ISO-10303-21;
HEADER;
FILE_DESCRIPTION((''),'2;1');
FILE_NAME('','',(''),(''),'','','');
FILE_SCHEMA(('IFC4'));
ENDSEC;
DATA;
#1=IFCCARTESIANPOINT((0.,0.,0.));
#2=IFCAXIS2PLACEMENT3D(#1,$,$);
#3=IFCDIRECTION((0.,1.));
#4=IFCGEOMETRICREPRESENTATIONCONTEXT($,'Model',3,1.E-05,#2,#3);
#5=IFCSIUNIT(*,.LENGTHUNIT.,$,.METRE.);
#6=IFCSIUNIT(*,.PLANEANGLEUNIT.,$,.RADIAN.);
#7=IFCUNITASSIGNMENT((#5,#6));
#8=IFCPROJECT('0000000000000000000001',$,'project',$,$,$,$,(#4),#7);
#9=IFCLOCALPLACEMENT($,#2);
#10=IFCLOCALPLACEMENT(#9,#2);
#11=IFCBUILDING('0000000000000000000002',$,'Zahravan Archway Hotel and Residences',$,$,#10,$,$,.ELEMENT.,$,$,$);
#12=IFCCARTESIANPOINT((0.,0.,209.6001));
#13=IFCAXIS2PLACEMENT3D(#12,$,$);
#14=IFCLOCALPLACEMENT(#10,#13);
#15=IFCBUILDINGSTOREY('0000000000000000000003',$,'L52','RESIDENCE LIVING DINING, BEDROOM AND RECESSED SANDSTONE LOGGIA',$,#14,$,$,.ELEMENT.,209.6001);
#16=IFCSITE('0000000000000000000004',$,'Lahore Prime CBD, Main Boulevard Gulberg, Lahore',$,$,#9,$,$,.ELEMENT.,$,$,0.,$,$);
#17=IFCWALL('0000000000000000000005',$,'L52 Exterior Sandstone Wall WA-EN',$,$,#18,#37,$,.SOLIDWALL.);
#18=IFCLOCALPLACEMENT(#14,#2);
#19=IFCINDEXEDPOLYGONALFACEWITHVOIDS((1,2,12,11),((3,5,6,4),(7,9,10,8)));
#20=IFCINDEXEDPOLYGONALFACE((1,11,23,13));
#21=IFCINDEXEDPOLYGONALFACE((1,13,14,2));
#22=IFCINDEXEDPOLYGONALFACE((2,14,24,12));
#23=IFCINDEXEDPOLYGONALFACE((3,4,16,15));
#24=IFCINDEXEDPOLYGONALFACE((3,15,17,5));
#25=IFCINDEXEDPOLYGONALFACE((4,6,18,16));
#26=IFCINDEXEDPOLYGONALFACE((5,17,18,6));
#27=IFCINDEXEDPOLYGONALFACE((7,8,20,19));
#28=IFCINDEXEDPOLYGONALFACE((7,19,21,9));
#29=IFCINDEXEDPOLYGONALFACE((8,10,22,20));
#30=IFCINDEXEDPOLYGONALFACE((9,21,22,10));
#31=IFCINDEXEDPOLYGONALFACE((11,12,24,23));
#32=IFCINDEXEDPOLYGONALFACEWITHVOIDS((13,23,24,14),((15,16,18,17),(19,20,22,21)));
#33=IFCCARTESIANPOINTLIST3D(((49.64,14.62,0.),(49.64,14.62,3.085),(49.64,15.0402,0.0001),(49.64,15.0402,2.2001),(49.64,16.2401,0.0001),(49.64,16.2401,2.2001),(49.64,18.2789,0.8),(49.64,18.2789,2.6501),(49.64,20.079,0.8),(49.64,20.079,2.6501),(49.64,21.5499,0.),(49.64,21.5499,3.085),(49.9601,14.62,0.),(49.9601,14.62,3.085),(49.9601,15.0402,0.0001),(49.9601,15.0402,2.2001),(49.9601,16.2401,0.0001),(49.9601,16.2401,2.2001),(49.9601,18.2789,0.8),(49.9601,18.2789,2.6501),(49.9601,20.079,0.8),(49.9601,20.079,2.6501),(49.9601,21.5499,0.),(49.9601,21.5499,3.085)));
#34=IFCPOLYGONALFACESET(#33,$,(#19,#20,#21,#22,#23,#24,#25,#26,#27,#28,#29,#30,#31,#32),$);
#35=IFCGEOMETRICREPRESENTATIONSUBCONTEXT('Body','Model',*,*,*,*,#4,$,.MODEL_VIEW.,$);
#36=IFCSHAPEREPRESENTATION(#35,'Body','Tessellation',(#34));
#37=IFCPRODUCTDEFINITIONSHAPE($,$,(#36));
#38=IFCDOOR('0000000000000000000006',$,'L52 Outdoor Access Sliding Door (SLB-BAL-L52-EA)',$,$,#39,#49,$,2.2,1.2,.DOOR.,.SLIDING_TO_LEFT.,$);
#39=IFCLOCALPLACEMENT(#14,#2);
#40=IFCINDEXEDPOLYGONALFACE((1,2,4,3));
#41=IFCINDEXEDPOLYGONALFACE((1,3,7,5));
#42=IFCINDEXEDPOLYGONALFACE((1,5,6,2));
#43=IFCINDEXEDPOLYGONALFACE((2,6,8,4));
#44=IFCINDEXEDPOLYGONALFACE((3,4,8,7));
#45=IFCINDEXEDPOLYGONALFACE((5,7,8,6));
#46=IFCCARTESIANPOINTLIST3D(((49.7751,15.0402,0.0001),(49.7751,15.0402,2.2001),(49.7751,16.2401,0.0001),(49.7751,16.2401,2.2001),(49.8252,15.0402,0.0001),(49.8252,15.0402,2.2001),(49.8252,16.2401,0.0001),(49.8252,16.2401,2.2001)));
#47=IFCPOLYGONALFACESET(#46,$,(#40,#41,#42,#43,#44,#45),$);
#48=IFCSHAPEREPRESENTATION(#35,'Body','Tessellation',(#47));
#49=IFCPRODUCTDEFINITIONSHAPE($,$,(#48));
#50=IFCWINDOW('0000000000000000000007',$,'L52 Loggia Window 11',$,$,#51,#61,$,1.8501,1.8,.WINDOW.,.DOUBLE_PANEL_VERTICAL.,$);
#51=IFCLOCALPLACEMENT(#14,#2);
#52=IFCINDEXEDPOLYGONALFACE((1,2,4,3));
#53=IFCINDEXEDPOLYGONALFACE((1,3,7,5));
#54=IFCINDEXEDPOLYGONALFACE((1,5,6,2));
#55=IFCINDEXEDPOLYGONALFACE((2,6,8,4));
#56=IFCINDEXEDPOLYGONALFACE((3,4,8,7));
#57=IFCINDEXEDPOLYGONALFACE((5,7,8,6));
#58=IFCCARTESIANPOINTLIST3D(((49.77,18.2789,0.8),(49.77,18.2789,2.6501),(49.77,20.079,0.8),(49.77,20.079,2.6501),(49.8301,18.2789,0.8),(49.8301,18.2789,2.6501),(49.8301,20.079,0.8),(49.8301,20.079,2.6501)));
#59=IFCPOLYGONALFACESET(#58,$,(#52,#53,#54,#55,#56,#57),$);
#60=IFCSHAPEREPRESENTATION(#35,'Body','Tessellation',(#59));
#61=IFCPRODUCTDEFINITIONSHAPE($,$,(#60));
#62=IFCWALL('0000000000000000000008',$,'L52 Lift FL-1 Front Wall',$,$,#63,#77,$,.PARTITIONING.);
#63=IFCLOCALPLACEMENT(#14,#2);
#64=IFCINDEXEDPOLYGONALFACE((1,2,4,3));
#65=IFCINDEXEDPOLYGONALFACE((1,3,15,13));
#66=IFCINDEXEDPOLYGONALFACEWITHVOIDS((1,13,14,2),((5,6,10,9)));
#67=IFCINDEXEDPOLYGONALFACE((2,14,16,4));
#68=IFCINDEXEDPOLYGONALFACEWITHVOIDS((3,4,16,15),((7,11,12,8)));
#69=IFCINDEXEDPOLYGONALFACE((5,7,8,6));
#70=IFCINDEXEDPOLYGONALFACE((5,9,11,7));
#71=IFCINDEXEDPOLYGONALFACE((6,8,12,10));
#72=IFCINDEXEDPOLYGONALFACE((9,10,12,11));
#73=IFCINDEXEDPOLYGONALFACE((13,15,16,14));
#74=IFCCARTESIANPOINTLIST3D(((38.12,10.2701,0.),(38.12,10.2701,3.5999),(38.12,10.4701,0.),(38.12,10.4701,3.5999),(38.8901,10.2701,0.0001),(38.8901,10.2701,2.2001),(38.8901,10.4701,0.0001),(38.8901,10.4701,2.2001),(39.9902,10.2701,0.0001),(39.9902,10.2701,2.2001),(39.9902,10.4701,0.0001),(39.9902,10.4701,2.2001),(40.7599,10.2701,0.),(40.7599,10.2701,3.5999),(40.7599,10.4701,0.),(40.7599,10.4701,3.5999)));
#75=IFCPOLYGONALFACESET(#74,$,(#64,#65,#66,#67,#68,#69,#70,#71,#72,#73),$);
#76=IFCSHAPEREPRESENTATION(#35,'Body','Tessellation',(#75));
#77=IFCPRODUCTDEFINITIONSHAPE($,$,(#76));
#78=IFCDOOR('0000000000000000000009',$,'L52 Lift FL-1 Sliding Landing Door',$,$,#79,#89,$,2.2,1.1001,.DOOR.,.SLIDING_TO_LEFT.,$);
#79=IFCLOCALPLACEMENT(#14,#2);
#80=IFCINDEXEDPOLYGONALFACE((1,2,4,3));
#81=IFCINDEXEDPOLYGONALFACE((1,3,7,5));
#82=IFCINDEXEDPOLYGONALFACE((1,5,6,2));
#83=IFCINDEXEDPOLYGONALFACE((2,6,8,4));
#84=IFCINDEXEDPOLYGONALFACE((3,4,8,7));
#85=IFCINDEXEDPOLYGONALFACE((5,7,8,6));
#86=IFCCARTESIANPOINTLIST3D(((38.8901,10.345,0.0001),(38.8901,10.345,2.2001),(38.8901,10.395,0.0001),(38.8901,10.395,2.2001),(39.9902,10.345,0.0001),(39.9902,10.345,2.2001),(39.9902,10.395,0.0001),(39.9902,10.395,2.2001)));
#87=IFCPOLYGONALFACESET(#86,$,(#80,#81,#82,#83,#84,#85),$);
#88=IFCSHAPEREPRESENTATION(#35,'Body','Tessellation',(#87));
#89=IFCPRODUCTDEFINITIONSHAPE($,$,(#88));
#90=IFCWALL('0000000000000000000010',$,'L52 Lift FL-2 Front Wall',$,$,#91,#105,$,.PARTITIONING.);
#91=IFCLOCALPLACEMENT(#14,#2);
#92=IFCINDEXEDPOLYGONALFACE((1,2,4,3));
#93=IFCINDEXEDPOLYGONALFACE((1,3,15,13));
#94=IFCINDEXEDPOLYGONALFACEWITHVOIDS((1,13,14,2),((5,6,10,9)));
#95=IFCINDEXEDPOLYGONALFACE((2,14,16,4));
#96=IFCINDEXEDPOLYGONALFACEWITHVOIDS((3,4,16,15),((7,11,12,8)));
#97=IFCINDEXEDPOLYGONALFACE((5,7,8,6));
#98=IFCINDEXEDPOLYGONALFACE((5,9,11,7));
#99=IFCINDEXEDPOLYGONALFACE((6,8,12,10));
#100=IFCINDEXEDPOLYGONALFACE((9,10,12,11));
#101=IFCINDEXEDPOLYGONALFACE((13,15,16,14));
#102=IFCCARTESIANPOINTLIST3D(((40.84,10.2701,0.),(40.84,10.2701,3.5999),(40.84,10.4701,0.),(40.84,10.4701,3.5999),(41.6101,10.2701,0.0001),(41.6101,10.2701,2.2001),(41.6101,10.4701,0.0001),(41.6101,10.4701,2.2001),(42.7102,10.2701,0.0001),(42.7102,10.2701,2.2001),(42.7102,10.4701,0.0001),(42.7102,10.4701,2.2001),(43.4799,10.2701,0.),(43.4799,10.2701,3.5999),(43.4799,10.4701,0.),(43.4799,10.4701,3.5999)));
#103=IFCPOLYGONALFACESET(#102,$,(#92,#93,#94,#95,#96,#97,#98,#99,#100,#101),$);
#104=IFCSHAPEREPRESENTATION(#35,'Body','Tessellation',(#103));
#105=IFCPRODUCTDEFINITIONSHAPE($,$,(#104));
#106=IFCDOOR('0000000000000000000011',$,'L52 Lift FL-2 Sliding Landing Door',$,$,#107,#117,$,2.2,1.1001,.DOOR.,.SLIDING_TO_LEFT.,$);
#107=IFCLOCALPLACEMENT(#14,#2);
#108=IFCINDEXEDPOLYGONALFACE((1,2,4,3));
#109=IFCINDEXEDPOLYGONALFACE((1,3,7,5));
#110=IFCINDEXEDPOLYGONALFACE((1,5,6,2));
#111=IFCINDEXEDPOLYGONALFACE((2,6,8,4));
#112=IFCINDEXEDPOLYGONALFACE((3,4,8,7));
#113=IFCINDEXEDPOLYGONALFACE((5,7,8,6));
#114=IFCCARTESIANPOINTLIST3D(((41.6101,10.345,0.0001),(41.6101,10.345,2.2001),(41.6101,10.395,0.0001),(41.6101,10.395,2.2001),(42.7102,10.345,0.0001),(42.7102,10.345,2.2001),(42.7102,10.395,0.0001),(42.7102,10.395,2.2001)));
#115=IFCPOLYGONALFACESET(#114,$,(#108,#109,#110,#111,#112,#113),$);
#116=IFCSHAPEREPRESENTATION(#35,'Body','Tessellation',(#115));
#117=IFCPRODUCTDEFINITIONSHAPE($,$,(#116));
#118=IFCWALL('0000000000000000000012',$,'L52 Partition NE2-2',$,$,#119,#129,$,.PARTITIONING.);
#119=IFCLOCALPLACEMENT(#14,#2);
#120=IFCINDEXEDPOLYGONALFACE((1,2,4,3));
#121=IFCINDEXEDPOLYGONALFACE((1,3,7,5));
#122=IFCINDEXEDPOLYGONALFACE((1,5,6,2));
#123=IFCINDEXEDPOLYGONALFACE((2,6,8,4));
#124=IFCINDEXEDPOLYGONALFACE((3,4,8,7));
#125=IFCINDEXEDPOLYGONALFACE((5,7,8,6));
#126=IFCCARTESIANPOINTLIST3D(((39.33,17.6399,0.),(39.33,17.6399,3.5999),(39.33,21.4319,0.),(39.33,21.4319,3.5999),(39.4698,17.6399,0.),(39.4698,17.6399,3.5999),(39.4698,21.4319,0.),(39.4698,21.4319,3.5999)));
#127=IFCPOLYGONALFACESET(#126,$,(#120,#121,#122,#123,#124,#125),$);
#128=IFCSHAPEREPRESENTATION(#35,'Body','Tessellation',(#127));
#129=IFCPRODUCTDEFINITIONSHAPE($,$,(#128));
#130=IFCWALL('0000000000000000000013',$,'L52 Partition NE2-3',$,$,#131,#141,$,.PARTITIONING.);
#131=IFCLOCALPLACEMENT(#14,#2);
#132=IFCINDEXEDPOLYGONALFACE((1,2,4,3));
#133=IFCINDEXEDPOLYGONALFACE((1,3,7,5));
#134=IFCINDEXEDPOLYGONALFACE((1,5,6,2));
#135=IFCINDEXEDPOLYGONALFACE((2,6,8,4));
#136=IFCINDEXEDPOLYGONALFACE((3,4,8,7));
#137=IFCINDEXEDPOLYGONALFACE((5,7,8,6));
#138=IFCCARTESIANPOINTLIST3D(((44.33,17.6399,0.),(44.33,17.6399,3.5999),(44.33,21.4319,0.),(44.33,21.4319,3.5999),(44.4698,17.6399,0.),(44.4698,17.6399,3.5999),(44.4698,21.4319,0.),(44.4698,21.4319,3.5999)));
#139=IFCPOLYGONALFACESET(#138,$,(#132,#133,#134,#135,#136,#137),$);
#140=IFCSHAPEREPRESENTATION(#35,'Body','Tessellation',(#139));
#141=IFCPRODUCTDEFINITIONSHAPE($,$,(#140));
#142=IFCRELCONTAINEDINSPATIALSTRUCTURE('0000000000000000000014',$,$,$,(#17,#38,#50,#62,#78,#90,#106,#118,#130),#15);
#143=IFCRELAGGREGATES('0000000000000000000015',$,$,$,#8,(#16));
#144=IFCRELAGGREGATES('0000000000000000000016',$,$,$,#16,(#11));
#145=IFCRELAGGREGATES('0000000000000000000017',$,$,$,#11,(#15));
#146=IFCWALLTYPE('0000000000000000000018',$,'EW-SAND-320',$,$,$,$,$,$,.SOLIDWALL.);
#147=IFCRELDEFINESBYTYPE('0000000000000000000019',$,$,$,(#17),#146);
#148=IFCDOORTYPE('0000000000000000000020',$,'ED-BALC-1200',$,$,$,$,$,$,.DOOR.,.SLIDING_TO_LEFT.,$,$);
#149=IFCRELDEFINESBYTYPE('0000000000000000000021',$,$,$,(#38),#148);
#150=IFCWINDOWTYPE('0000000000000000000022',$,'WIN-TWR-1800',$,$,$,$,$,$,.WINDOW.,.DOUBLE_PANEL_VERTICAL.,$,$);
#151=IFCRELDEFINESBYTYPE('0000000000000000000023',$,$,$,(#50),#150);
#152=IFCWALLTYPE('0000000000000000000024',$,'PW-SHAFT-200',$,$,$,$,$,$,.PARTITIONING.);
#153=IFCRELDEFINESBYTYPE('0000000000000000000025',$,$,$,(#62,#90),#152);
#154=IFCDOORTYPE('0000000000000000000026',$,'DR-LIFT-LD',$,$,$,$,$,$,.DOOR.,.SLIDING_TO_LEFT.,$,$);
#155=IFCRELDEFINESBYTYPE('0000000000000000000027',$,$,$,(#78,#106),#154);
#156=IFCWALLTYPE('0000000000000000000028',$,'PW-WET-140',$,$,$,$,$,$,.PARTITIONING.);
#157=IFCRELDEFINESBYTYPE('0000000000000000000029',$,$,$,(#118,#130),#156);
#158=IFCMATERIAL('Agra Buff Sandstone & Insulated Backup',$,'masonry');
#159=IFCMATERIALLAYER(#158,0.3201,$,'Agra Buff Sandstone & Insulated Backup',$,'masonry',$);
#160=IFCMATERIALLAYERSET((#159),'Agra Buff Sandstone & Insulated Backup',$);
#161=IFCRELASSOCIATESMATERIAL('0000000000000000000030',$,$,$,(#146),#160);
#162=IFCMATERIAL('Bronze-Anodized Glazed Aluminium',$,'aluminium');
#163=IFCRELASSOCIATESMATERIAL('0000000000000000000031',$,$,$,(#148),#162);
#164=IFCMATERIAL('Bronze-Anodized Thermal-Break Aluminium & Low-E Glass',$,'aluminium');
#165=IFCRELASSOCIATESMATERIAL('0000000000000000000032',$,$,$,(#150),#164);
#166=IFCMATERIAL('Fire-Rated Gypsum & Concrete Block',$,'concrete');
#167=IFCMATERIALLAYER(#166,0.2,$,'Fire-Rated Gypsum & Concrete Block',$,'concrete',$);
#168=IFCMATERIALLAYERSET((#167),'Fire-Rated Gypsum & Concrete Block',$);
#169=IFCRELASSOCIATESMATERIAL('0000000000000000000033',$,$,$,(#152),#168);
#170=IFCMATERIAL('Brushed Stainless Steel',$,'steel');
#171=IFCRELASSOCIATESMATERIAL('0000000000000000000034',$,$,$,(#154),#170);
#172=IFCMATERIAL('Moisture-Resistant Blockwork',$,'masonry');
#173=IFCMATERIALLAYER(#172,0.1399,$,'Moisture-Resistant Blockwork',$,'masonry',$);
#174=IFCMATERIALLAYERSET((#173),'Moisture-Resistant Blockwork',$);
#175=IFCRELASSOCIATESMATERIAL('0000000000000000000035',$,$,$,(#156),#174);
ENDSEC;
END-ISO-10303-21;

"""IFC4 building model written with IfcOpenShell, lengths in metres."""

from ifc_helpers import new_model, si_unit, direction, frame, frame_2d, origin, place, context, subcontext, project, spatial, rectangle, extrude, source, transform, mapped, material, layer, layer_set, type_object, type_shapes, element, fill, save


model = new_model("IFC4")

# Units and contexts
model_context = context("Model", 3, precision=1e-05, world=origin(), true_north=direction((0.0, 1.0)))
body_context = subcontext(model_context, "Body", "Model", "MODEL_VIEW")
ifc_project = project(units=[si_unit("LENGTHUNIT", "METRE"), si_unit("PLANEANGLEUNIT", "RADIAN")], contexts=[model_context])

# Site, building, storey
site_placement = place(None, origin())
site = spatial("IfcSite", under=ifc_project, at=site_placement, Name="Lahore Prime CBD, Main Boulevard Gulberg, Lahore", CompositionType="ELEMENT", RefElevation=0.0)
building_placement = place(site_placement, origin())
building = spatial("IfcBuilding", under=site, at=building_placement, Name="Zahravan Archway Hotel and Residences", CompositionType="ELEMENT")
storey_placement = place(building_placement, frame((0.0, 0.0, 209.6001)))
storey = spatial("IfcBuildingStorey", under=building, at=storey_placement, Name="L52", Description="RESIDENCE LIVING DINING, BEDROOM AND RECESSED SANDSTONE LOGGIA", CompositionType="ELEMENT", Elevation=209.6001)

# Wall, openings, door, window
ifc_material_1 = material(Name="Agra Buff Sandstone & Insulated Backup", Category="masonry")
ifc_layer_1 = layer(ifc_material_1, 0.3201, Name="Agra Buff Sandstone & Insulated Backup", Category="masonry")
ifc_layer_set_1 = layer_set([ifc_layer_1], Name="Agra Buff Sandstone & Insulated Backup")
wall_type_1 = type_object("IfcWallType", Name="EW-SAND-320", PredefinedType="SOLIDWALL", material=ifc_layer_set_1)
wall_1_placement = place(storey_placement, frame((49.8, 14.6201, 0.0), z_axis=(0.0, 0.0, 1.0), x_axis=(0.0, 1.0, 0.0)))
wall_1 = element("IfcWall", 1, at=wall_1_placement, inside=storey, type_object=wall_type_1, Name="L52 Exterior Sandstone Wall WA-EN", PredefinedType="SOLIDWALL", context=body_context, shape_type="SweptSolid", body=[
    extrude(rectangle(XDim=6.9299, YDim=0.3201, at=frame_2d((3.4648, 0.0))), origin(), (0.0, 0.0, 1.0), 3.085),
])
opening_1_placement = place(wall_1_placement, frame((0.4199, 0.0, 0.0)))
opening_1 = element("IfcOpeningElement", 2, at=opening_1_placement, cuts=wall_1, PredefinedType="OPENING", context=body_context, shape_type="SweptSolid", body=[
    extrude(rectangle(XDim=1.2, YDim=2.2, at=frame_2d((0.6001, 1.1001))), frame((0.0, 0.1699, 0.0), z_axis=(0.0, -1.0, 0.0), x_axis=(1.0, 0.0, 0.0)), (0.0, 0.0, 1.0), 0.3401),
])
opening_2_placement = place(wall_1_placement, frame((3.6589, 0.0, 0.8)))
opening_2 = element("IfcOpeningElement", 3, at=opening_2_placement, cuts=wall_1, PredefinedType="OPENING", context=body_context, shape_type="SweptSolid", body=[
    extrude(rectangle(XDim=1.8, YDim=1.8501, at=frame_2d((0.8999, 0.925))), frame((0.0, 0.1699, 0.0), z_axis=(0.0, -1.0, 0.0), x_axis=(1.0, 0.0, 0.0)), (0.0, 0.0, 1.0), 0.3401),
])
ifc_material_2 = material(Name="Bronze-Anodized Glazed Aluminium", Category="aluminium")
door_type_1 = type_object("IfcDoorType", Name="ED-BALC-1200", OperationType="SLIDING_TO_LEFT", PredefinedType="DOOR", material=ifc_material_2)
shared_shape_1 = source(origin(), body_context, "Body", "SweptSolid", [
    extrude(rectangle(XDim=1.2, YDim=2.2, at=frame_2d((0.6001, 1.1001))), frame((0.0, 0.0249, 0.0), z_axis=(0.0, -1.0, 0.0), x_axis=(1.0, 0.0, 0.0)), (0.0, 0.0, 1.0), 0.05),
])
type_shapes(door_type_1, [shared_shape_1])
door_1_placement = place(opening_1_placement, origin())
door_1 = element("IfcDoor", 4, at=door_1_placement, inside=storey, type_object=door_type_1, Name="L52 Outdoor Access Sliding Door (SLB-BAL-L52-EA)", OperationType="SLIDING_TO_LEFT", OverallHeight=2.2, OverallWidth=1.2, PredefinedType="DOOR", context=body_context, shape_type="MappedRepresentation", body=[
    mapped(shared_shape_1, transform((0.0, 0.0, 0.0), scale=1.0)),
])
fill(opening_1, door_1)
ifc_material_3 = material(Name="Bronze-Anodized Thermal-Break Aluminium & Low-E Glass", Category="aluminium")
window_type = type_object("IfcWindowType", Name="WIN-TWR-1800", PartitioningType="DOUBLE_PANEL_VERTICAL", PredefinedType="WINDOW", material=ifc_material_3)
shared_shape_2 = source(origin(), body_context, "Body", "SweptSolid", [
    extrude(rectangle(XDim=1.8, YDim=1.8501, at=frame_2d((0.8999, 0.925))), frame((0.0, 0.03, 0.0), z_axis=(0.0, -1.0, 0.0), x_axis=(1.0, 0.0, 0.0)), (0.0, 0.0, 1.0), 0.0601),
])
type_shapes(window_type, [shared_shape_2])
window_placement = place(opening_2_placement, origin())
window = element("IfcWindow", 5, at=window_placement, inside=storey, type_object=window_type, Name="L52 Loggia Window 11", OverallHeight=1.8501, OverallWidth=1.8, PartitioningType="DOUBLE_PANEL_VERTICAL", PredefinedType="WINDOW", context=body_context, shape_type="MappedRepresentation", body=[
    mapped(shared_shape_2, transform((0.0, 0.0, 0.0), scale=1.0)),
])
fill(opening_2, window)

# Walls, openings, doors
ifc_material_4 = material(Name="Fire-Rated Gypsum & Concrete Block", Category="concrete")
ifc_layer_2 = layer(ifc_material_4, 0.2, Name="Fire-Rated Gypsum & Concrete Block", Category="concrete")
ifc_layer_set_2 = layer_set([ifc_layer_2], Name="Fire-Rated Gypsum & Concrete Block")
wall_type_2 = type_object("IfcWallType", Name="PW-SHAFT-200", PredefinedType="PARTITIONING", material=ifc_layer_set_2)
wall_2_placement = place(storey_placement, frame((38.1201, 10.3701, 0.0), z_axis=(0.0, 0.0, 1.0), x_axis=(1.0, 0.0, 0.0)))
wall_2 = element("IfcWall", 6, at=wall_2_placement, inside=storey, type_object=wall_type_2, Name="L52 Lift FL-1 Front Wall", PredefinedType="PARTITIONING", context=body_context, shape_type="SweptSolid", body=[
    extrude(rectangle(XDim=2.6399, YDim=0.2, at=frame_2d((1.3198, 0.0))), origin(), (0.0, 0.0, 1.0), 3.5999),
])
opening_3_placement = place(wall_2_placement, frame((0.77, 0.0, 0.0)))
opening_3 = element("IfcOpeningElement", 7, at=opening_3_placement, cuts=wall_2, PredefinedType="OPENING", context=body_context, shape_type="SweptSolid", body=[
    extrude(rectangle(XDim=1.1001, YDim=2.2, at=frame_2d((0.55, 1.1001))), frame((0.0, 0.1099, 0.0), z_axis=(0.0, -1.0, 0.0), x_axis=(1.0, 0.0, 0.0)), (0.0, 0.0, 1.0), 0.22),
])
ifc_material_5 = material(Name="Brushed Stainless Steel", Category="steel")
door_type_2 = type_object("IfcDoorType", Name="DR-LIFT-LD", OperationType="SLIDING_TO_LEFT", PredefinedType="DOOR", material=ifc_material_5)
shared_shape_3 = source(origin(), body_context, "Body", "SweptSolid", [
    extrude(rectangle(XDim=1.1001, YDim=2.2, at=frame_2d((0.55, 1.1001))), frame((0.0, 0.0249, 0.0), z_axis=(0.0, -1.0, 0.0), x_axis=(1.0, 0.0, 0.0)), (0.0, 0.0, 1.0), 0.05),
])
type_shapes(door_type_2, [shared_shape_3])
door_2_placement = place(opening_3_placement, origin())
door_2 = element("IfcDoor", 8, at=door_2_placement, inside=storey, type_object=door_type_2, Name="L52 Lift FL-1 Sliding Landing Door", OperationType="SLIDING_TO_LEFT", OverallHeight=2.2, OverallWidth=1.1001, PredefinedType="DOOR", context=body_context, shape_type="MappedRepresentation", body=[
    mapped(shared_shape_3, transform((0.0, 0.0, 0.0), scale=1.0)),
])
fill(opening_3, door_2)
wall_3_placement = place(storey_placement, frame((40.8401, 10.3701, 0.0), z_axis=(0.0, 0.0, 1.0), x_axis=(1.0, 0.0, 0.0)))
wall_3 = element("IfcWall", 9, at=wall_3_placement, inside=storey, type_object=wall_type_2, Name="L52 Lift FL-2 Front Wall", PredefinedType="PARTITIONING", context=body_context, shape_type="SweptSolid", body=[
    extrude(rectangle(XDim=2.6399, YDim=0.2, at=frame_2d((1.3198, 0.0))), origin(), (0.0, 0.0, 1.0), 3.5999),
])
opening_4_placement = place(wall_3_placement, frame((0.77, 0.0, 0.0)))
opening_4 = element("IfcOpeningElement", 10, at=opening_4_placement, cuts=wall_3, PredefinedType="OPENING", context=body_context, shape_type="SweptSolid", body=[
    extrude(rectangle(XDim=1.1001, YDim=2.2, at=frame_2d((0.55, 1.1001))), frame((0.0, 0.1099, 0.0), z_axis=(0.0, -1.0, 0.0), x_axis=(1.0, 0.0, 0.0)), (0.0, 0.0, 1.0), 0.22),
])
door_3_placement = place(opening_4_placement, origin())
door_3 = element("IfcDoor", 11, at=door_3_placement, inside=storey, type_object=door_type_2, Name="L52 Lift FL-2 Sliding Landing Door", OperationType="SLIDING_TO_LEFT", OverallHeight=2.2, OverallWidth=1.1001, PredefinedType="DOOR", context=body_context, shape_type="MappedRepresentation", body=[
    mapped(shared_shape_3, transform((0.0, 0.0, 0.0), scale=1.0)),
])
fill(opening_4, door_3)

# Walls
ifc_material_6 = material(Name="Moisture-Resistant Blockwork", Category="masonry")
ifc_layer_3 = layer(ifc_material_6, 0.1399, Name="Moisture-Resistant Blockwork", Category="masonry")
ifc_layer_set_3 = layer_set([ifc_layer_3], Name="Moisture-Resistant Blockwork")
wall_type_3 = type_object("IfcWallType", Name="PW-WET-140", PredefinedType="PARTITIONING", material=ifc_layer_set_3)
for number, where, z_axis, x_axis, name in (
    (12, (39.3999, 17.6399, 0.0), (0.0, 0.0, 1.0), (0.0, 1.0, 0.0), "L52 Partition NE2-2"),
    (13, (44.3999, 17.6399, 0.0), (0.0, 0.0, 1.0), (0.0, 1.0, 0.0), "L52 Partition NE2-3"),
):
    element("IfcWall", number, at=place(storey_placement, frame(where, z_axis=z_axis, x_axis=x_axis)), inside=storey, type_object=wall_type_3, Name=name, PredefinedType="PARTITIONING", context=body_context, shape_type="SweptSolid", body=[
        extrude(rectangle(XDim=3.792, YDim=0.1399, at=frame_2d((1.896, 0.0))), origin(), (0.0, 0.0, 1.0), 3.5999),
    ])

save(model, "model.ifc")
